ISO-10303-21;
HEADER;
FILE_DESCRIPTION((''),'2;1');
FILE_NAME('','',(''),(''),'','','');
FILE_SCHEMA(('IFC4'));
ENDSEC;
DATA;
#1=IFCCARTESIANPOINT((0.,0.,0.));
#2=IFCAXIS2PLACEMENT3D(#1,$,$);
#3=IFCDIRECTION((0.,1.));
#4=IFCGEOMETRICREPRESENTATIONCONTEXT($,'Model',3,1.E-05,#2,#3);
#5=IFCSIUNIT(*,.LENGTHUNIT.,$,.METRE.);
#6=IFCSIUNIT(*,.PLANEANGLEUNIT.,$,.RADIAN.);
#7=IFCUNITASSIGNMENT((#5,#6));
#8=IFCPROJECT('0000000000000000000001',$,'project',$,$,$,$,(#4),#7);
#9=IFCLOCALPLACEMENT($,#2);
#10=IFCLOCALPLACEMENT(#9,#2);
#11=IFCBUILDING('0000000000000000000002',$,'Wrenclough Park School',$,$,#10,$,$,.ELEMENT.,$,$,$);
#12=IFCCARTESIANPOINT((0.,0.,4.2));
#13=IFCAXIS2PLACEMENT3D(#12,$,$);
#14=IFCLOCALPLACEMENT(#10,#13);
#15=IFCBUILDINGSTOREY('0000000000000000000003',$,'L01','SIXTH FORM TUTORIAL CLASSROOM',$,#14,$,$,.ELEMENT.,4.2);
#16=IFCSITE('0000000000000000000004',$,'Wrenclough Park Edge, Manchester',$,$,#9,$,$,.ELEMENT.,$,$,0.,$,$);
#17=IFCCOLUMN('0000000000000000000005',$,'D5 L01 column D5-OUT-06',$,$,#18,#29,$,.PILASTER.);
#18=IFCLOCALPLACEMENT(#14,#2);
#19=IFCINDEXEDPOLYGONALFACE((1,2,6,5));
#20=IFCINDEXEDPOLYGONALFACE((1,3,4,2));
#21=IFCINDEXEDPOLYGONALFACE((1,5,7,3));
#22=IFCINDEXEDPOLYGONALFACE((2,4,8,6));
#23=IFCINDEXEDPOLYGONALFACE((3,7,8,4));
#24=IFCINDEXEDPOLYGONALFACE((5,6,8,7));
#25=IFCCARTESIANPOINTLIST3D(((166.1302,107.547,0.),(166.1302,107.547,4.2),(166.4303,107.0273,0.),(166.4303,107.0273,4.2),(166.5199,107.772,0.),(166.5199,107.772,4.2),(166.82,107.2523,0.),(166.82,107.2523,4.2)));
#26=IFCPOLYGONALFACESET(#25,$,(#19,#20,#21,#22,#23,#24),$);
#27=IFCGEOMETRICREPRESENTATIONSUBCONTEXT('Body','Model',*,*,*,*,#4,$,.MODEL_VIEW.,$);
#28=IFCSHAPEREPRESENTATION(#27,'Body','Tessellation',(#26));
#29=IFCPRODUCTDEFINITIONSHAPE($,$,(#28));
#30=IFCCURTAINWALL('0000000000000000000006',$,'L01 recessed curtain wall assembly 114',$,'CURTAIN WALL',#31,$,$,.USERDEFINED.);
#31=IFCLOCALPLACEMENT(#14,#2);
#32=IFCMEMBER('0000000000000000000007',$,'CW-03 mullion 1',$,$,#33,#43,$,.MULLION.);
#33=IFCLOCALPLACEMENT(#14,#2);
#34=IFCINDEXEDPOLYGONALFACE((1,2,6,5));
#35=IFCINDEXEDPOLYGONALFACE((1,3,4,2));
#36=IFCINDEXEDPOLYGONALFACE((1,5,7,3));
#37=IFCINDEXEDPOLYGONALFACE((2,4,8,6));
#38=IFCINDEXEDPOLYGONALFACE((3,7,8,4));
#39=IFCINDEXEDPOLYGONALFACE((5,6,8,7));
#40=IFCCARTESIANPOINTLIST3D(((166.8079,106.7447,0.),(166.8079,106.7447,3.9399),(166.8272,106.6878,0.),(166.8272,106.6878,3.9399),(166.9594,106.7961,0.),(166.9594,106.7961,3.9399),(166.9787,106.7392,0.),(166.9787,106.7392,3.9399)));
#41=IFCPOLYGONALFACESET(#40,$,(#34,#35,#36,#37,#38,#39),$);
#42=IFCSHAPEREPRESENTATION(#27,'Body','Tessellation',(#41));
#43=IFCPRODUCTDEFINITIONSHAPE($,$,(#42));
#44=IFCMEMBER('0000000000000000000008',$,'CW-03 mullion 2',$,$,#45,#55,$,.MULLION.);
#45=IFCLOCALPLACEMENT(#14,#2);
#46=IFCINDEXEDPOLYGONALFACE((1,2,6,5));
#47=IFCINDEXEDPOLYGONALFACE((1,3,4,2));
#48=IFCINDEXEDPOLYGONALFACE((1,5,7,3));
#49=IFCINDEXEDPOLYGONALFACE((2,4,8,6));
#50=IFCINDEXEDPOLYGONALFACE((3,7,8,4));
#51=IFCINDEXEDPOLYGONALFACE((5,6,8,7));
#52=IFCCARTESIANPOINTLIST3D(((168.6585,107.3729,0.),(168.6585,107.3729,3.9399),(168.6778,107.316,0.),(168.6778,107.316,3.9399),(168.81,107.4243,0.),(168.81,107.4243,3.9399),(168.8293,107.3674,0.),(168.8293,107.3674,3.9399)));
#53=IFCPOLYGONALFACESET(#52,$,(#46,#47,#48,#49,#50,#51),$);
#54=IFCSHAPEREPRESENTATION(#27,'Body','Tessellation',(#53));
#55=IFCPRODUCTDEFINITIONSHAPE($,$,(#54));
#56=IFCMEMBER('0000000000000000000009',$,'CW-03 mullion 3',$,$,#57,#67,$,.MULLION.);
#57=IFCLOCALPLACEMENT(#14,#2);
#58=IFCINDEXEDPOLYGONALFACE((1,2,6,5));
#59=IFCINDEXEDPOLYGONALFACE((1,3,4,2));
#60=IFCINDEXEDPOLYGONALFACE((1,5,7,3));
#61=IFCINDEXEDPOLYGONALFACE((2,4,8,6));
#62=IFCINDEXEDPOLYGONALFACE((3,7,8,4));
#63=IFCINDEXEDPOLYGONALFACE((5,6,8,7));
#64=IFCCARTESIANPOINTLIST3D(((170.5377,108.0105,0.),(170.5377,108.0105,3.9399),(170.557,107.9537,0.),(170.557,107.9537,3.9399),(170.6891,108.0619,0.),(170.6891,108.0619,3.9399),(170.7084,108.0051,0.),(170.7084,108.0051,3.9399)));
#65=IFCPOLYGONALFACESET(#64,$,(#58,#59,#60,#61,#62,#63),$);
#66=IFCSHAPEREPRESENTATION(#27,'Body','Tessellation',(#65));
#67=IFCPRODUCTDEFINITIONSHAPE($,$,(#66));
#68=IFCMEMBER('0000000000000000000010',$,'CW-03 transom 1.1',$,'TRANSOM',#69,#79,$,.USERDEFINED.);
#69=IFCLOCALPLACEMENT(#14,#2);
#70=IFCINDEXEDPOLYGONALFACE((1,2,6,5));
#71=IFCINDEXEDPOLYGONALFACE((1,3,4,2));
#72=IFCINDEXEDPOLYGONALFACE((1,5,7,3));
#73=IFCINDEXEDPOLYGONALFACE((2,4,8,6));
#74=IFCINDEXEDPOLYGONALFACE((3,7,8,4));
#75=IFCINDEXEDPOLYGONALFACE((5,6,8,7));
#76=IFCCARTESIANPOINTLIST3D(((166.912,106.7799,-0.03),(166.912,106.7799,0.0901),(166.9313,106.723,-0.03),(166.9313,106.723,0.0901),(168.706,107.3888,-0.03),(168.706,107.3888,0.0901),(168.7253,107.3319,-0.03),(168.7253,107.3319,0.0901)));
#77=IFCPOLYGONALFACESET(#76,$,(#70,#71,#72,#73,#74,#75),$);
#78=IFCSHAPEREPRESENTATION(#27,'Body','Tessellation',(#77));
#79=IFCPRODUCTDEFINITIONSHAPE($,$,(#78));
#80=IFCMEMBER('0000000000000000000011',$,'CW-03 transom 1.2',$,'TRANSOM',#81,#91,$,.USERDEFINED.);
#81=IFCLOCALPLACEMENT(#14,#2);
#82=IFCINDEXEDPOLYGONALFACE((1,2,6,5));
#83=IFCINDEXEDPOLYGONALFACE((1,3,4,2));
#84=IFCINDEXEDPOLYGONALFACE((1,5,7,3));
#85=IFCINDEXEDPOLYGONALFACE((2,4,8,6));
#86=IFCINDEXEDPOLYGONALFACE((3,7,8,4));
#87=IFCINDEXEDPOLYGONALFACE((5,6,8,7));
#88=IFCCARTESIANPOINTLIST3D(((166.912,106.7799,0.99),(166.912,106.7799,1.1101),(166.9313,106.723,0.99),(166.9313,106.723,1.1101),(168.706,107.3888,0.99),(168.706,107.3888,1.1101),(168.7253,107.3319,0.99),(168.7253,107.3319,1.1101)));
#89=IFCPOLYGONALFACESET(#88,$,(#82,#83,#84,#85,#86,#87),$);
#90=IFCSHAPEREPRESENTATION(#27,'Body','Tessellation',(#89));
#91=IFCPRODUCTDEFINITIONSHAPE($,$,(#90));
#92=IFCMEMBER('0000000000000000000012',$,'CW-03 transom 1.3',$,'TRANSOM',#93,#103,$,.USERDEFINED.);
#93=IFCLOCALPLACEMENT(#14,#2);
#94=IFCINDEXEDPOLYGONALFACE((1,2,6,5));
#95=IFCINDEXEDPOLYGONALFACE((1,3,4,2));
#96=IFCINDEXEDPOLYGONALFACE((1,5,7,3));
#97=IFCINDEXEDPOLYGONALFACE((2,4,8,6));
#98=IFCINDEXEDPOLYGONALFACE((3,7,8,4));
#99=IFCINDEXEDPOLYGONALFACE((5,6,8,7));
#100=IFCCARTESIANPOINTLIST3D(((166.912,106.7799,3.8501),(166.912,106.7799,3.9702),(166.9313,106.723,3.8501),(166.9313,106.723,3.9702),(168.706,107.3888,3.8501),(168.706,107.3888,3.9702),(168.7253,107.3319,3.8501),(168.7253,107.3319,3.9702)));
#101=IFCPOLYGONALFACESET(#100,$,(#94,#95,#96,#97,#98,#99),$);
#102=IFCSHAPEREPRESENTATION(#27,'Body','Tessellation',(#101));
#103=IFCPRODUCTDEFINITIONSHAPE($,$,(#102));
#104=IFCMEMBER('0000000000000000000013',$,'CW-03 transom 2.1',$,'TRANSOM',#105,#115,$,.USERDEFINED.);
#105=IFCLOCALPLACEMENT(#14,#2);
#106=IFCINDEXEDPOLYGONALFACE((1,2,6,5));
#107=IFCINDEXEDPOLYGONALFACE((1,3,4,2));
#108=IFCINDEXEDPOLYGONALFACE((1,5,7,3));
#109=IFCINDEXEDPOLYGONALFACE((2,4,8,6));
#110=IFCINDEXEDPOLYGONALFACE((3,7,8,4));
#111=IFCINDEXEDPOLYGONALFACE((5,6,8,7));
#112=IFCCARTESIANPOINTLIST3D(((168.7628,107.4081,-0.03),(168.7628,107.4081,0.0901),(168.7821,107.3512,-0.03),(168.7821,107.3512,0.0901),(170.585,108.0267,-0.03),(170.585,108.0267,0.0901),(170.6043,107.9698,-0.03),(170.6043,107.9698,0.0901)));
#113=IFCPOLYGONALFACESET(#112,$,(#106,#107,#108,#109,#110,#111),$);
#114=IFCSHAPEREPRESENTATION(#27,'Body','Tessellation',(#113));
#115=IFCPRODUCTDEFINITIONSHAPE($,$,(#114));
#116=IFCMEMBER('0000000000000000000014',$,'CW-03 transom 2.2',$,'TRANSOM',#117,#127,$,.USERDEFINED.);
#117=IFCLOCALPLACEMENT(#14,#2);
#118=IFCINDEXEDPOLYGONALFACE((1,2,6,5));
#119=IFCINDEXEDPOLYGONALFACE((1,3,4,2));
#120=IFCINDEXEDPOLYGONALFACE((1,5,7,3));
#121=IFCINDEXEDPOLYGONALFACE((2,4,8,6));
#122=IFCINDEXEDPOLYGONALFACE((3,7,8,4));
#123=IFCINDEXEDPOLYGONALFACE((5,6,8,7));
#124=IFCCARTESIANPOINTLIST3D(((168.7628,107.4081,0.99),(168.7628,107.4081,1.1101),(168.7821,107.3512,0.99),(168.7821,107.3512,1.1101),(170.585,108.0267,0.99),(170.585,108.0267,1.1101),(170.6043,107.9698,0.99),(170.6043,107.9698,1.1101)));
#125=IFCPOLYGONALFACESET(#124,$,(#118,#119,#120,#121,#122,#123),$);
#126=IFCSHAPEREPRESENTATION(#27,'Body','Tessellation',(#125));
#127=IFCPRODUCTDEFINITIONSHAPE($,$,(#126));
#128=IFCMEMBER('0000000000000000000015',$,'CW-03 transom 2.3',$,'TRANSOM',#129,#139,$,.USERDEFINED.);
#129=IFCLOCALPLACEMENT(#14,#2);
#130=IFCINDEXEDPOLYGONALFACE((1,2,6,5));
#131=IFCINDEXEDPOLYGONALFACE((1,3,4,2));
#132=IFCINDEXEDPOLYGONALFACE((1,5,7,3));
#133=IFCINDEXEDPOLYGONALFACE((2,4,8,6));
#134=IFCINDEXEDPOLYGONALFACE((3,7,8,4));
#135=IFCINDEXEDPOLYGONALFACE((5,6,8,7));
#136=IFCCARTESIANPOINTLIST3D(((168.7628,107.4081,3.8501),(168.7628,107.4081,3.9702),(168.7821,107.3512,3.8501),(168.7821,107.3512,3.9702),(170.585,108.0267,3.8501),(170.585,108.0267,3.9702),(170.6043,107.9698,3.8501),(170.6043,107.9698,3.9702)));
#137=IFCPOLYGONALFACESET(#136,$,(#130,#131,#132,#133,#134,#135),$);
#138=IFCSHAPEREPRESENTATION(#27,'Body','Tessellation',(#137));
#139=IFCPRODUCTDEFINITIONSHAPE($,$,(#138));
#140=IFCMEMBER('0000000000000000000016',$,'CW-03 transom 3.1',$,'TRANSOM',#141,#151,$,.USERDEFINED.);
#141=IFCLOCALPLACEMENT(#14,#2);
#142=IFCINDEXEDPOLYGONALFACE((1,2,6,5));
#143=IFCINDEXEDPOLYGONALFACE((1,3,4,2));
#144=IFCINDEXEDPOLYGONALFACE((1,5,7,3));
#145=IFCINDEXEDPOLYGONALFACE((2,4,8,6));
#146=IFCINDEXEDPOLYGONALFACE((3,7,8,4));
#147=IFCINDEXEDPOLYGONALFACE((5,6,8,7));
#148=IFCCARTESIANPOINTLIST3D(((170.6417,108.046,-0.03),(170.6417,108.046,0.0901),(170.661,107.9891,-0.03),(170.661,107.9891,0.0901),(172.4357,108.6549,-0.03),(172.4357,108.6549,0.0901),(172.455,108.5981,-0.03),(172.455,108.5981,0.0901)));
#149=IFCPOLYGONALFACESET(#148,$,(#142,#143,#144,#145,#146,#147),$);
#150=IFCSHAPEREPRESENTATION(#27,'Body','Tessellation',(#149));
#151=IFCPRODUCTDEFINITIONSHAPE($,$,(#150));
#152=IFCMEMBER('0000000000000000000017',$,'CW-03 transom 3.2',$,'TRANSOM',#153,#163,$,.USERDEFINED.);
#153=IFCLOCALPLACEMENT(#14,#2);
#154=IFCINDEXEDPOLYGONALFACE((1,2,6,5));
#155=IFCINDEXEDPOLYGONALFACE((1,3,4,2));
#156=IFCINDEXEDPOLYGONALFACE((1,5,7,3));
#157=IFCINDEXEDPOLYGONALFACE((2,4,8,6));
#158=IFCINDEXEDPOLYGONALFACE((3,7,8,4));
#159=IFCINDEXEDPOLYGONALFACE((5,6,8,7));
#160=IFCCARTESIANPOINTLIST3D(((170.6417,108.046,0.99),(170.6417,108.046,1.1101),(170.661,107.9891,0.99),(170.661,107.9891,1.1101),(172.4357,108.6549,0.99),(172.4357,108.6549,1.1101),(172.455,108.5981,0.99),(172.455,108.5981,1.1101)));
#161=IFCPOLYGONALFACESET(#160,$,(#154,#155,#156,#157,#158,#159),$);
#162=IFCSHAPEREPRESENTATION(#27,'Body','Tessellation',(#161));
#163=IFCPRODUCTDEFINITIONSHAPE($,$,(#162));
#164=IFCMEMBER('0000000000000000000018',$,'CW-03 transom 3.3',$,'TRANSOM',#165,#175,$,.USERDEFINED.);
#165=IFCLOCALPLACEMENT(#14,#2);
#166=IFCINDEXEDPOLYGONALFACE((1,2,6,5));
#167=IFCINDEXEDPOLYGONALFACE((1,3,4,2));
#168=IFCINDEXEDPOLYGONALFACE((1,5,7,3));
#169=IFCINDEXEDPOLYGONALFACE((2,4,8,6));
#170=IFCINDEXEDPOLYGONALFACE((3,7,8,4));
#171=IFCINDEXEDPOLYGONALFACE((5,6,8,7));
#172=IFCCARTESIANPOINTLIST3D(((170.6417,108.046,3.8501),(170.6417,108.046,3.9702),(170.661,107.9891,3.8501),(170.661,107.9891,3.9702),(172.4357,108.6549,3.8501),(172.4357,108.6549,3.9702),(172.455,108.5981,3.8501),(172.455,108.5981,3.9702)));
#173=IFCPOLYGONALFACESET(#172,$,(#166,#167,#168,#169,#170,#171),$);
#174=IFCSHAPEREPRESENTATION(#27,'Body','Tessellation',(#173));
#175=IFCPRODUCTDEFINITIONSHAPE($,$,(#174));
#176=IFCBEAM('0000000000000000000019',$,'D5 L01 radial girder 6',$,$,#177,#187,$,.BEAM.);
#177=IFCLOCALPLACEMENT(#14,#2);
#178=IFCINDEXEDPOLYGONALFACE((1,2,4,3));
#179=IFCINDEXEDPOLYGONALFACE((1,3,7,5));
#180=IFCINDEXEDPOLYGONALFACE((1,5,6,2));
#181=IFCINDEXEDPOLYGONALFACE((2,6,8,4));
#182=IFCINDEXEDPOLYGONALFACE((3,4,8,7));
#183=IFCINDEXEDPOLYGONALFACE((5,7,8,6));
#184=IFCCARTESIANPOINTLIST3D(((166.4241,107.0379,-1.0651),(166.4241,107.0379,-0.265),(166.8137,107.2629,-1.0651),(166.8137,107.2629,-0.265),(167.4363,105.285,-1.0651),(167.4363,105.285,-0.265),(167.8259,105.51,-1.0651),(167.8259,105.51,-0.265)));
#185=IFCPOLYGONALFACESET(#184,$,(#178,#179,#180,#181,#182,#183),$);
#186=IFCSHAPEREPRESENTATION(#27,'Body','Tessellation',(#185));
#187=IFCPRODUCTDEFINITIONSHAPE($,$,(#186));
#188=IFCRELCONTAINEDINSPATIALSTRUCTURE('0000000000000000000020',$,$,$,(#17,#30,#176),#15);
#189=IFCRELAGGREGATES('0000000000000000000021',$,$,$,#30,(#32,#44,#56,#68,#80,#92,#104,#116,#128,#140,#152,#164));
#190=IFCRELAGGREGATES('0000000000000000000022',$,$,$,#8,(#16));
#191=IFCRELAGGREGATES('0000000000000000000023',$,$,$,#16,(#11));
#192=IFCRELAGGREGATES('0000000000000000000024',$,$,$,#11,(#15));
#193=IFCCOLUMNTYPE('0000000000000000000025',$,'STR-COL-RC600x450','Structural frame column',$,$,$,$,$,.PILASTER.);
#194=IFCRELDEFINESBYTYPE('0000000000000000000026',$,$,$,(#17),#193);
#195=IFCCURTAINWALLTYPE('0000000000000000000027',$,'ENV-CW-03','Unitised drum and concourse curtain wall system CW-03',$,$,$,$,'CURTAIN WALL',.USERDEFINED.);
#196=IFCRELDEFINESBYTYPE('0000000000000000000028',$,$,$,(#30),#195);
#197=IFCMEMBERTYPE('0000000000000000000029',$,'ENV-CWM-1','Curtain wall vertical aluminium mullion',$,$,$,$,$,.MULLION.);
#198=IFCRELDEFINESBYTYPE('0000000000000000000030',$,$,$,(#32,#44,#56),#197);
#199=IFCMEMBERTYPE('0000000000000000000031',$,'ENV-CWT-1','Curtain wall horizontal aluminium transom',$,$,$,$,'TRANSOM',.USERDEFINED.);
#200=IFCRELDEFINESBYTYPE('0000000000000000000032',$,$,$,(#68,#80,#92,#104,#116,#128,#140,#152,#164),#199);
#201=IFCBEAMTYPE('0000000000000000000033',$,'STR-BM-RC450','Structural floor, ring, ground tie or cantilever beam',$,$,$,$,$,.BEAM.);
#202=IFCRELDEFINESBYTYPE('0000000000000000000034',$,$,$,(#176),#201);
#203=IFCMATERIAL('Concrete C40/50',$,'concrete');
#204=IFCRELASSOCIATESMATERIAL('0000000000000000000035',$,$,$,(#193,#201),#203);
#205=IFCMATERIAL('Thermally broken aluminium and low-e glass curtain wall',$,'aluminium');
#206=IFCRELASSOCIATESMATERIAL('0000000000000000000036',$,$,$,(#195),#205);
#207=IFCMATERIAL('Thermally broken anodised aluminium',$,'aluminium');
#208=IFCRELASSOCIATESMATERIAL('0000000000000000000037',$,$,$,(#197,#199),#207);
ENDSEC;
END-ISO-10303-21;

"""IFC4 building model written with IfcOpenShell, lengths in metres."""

from ifc_helpers import new_model, si_unit, direction, frame, origin, origin_2d, place, context, subcontext, project, spatial, rectangle, extrude, material, material_profile, profile_set, type_object, element, aggregate, save


model = new_model("IFC4")

# Units and contexts
model_context = context("Model", 3, precision=1e-05, world=origin(), true_north=direction((0.0, 1.0)))
body_context = subcontext(model_context, "Body", "Model", "MODEL_VIEW")
ifc_project = project(units=[si_unit("LENGTHUNIT", "METRE"), si_unit("PLANEANGLEUNIT", "RADIAN")], contexts=[model_context])

# Site, building, storey
site_placement = place(None, origin())
site = spatial("IfcSite", under=ifc_project, at=site_placement, Name="Wrenclough Park Edge, Manchester", CompositionType="ELEMENT", RefElevation=0.0)
building_placement = place(site_placement, origin())
building = spatial("IfcBuilding", under=site, at=building_placement, Name="Wrenclough Park School", CompositionType="ELEMENT")
storey_placement = place(building_placement, frame((0.0, 0.0, 4.2)))
storey = spatial("IfcBuildingStorey", under=building, at=storey_placement, Name="L01", Description="SIXTH FORM TUTORIAL CLASSROOM", CompositionType="ELEMENT", Elevation=4.2)

# Column
ifc_material_1 = material(Name="Concrete C40/50", Category="concrete")
ifc_material_profile_1 = material_profile(ifc_material_1, rectangle(XDim=0.45, YDim=0.6001, at=origin_2d()), Name="RC COL 600x450")
ifc_profile_set_1 = profile_set([ifc_material_profile_1], Name="Concrete C40/50")
column_type = type_object("IfcColumnType", Name="STR-COL-RC600x450", Description="Structural frame column", PredefinedType="PILASTER", material=ifc_profile_set_1)
column_placement = place(storey_placement, frame((166.4751, 107.3997, 0.0), z_axis=(0.0, 0.0, 1.0), x_axis=(-0.866025, -0.5, 0.0)))
element("IfcColumn", 1, at=column_placement, inside=storey, type_object=column_type, Name="D5 L01 column D5-OUT-06", PredefinedType="PILASTER", context=body_context, shape_type="SweptSolid", body=[
    extrude(rectangle(XDim=0.45, YDim=0.6001, at=origin_2d()), origin(), (0.0, 0.0, 1.0), 4.2),
])

# Curtain wall, members
ifc_material_2 = material(Name="Thermally broken aluminium and low-e glass curtain wall", Category="aluminium")
curtain_wall_type = type_object("IfcCurtainWallType", Name="ENV-CW-03", Description="Unitised drum and concourse curtain wall system CW-03", ElementType="CURTAIN WALL", PredefinedType="USERDEFINED", material=ifc_material_2)
curtain_wall_placement = place(storey_placement, origin())
curtain_wall = element("IfcCurtainWall", 2, at=curtain_wall_placement, inside=storey, type_object=curtain_wall_type, Name="L01 recessed curtain wall assembly 114", ObjectType="CURTAIN WALL", PredefinedType="USERDEFINED")
ifc_material_3 = material(Name="Thermally broken anodised aluminium", Category="aluminium")
ifc_material_profile_2 = material_profile(ifc_material_3, rectangle(XDim=0.0601, YDim=0.1599, at=origin_2d()), Name="AL MULLION 60x160")
ifc_profile_set_2 = profile_set([ifc_material_profile_2], Name="Thermally broken anodised aluminium")
member_type_1 = type_object("IfcMemberType", Name="ENV-CWM-1", Description="Curtain wall vertical aluminium mullion", PredefinedType="MULLION", material=ifc_profile_set_2)
member_1_placement = place(storey_placement, frame((166.8933, 106.7419, 0.0), z_axis=(0.0, 0.0, 1.0), x_axis=(-0.321429, 0.946934, 0.0)))
member_1 = element("IfcMember", 3, at=member_1_placement, type_object=member_type_1, Name="CW-03 mullion 1", PredefinedType="MULLION", context=body_context, shape_type="SweptSolid", body=[
    extrude(rectangle(XDim=0.0601, YDim=0.1599, at=origin_2d()), origin(), (0.0, 0.0, 1.0), 3.9399),
])
member_2_placement = place(storey_placement, frame((168.7439, 107.3701, 0.0), z_axis=(0.0, 0.0, 1.0), x_axis=(-0.321429, 0.946934, 0.0)))
member_2 = element("IfcMember", 4, at=member_2_placement, type_object=member_type_1, Name="CW-03 mullion 2", PredefinedType="MULLION", context=body_context, shape_type="SweptSolid", body=[
    extrude(rectangle(XDim=0.0601, YDim=0.1599, at=origin_2d()), origin(), (0.0, 0.0, 1.0), 3.9399),
])
member_3_placement = place(storey_placement, frame((170.623, 108.0078, 0.0), z_axis=(0.0, 0.0, 1.0), x_axis=(-0.321429, 0.946934, 0.0)))
member_3 = element("IfcMember", 5, at=member_3_placement, type_object=member_type_1, Name="CW-03 mullion 3", PredefinedType="MULLION", context=body_context, shape_type="SweptSolid", body=[
    extrude(rectangle(XDim=0.0601, YDim=0.1599, at=origin_2d()), origin(), (0.0, 0.0, 1.0), 3.9399),
])
ifc_material_profile_3 = material_profile(ifc_material_3, rectangle(XDim=0.0601, YDim=0.1201, at=origin_2d()), Name="AL TRANSOM 60x120")
ifc_profile_set_3 = profile_set([ifc_material_profile_3], Name="Thermally broken anodised aluminium")
member_type_2 = type_object("IfcMemberType", Name="ENV-CWT-1", Description="Curtain wall horizontal aluminium transom", ElementType="TRANSOM", PredefinedType="USERDEFINED", material=ifc_profile_set_3)
member_4_placement = place(storey_placement, frame((166.9216, 106.7515, 0.03), z_axis=(0.946942, 0.321404, 0.0), x_axis=(-0.321404, 0.946942, 0.0)))
member_4 = element("IfcMember", 6, at=member_4_placement, type_object=member_type_2, Name="CW-03 transom 1.1", ObjectType="TRANSOM", PredefinedType="USERDEFINED", context=body_context, shape_type="SweptSolid", body=[
    extrude(rectangle(XDim=0.0601, YDim=0.1201, at=origin_2d()), origin(), (0.0, 0.0, 1.0), 1.8945),
])
member_5_placement = place(storey_placement, frame((166.9216, 106.7515, 1.05), z_axis=(0.946942, 0.321404, 0.0), x_axis=(-0.321404, 0.946942, 0.0)))
member_5 = element("IfcMember", 7, at=member_5_placement, type_object=member_type_2, Name="CW-03 transom 1.2", ObjectType="TRANSOM", PredefinedType="USERDEFINED", context=body_context, shape_type="SweptSolid", body=[
    extrude(rectangle(XDim=0.0601, YDim=0.1201, at=origin_2d()), origin(), (0.0, 0.0, 1.0), 1.8945),
])
member_6_placement = place(storey_placement, frame((166.9216, 106.7515, 3.9102), z_axis=(0.946942, 0.321404, 0.0), x_axis=(-0.321404, 0.946942, 0.0)))
member_6 = element("IfcMember", 8, at=member_6_placement, type_object=member_type_2, Name="CW-03 transom 1.3", ObjectType="TRANSOM", PredefinedType="USERDEFINED", context=body_context, shape_type="SweptSolid", body=[
    extrude(rectangle(XDim=0.0601, YDim=0.1201, at=origin_2d()), origin(), (0.0, 0.0, 1.0), 1.8945),
])
member_7_placement = place(storey_placement, frame((168.7725, 107.3796, 0.03), z_axis=(0.946918, 0.321475, 0.0), x_axis=(-0.321475, 0.946918, 0.0)))
member_7 = element("IfcMember", 9, at=member_7_placement, type_object=member_type_2, Name="CW-03 transom 2.1", ObjectType="TRANSOM", PredefinedType="USERDEFINED", context=body_context, shape_type="SweptSolid", body=[
    extrude(rectangle(XDim=0.0601, YDim=0.1201, at=origin_2d()), origin(), (0.0, 0.0, 1.0), 1.9243),
])
member_8_placement = place(storey_placement, frame((168.7725, 107.3796, 1.05), z_axis=(0.946918, 0.321475, 0.0), x_axis=(-0.321475, 0.946918, 0.0)))
member_8 = element("IfcMember", 10, at=member_8_placement, type_object=member_type_2, Name="CW-03 transom 2.2", ObjectType="TRANSOM", PredefinedType="USERDEFINED", context=body_context, shape_type="SweptSolid", body=[
    extrude(rectangle(XDim=0.0601, YDim=0.1201, at=origin_2d()), origin(), (0.0, 0.0, 1.0), 1.9243),
])
member_9_placement = place(storey_placement, frame((168.7725, 107.3796, 3.9102), z_axis=(0.946918, 0.321475, 0.0), x_axis=(-0.321475, 0.946918, 0.0)))
member_9 = element("IfcMember", 11, at=member_9_placement, type_object=member_type_2, Name="CW-03 transom 2.3", ObjectType="TRANSOM", PredefinedType="USERDEFINED", context=body_context, shape_type="SweptSolid", body=[
    extrude(rectangle(XDim=0.0601, YDim=0.1201, at=origin_2d()), origin(), (0.0, 0.0, 1.0), 1.9243),
])
member_10_placement = place(storey_placement, frame((170.6514, 108.0176, 0.03), z_axis=(0.946942, 0.321404, 0.0), x_axis=(-0.321404, 0.946942, 0.0)))
member_10 = element("IfcMember", 12, at=member_10_placement, type_object=member_type_2, Name="CW-03 transom 3.1", ObjectType="TRANSOM", PredefinedType="USERDEFINED", context=body_context, shape_type="SweptSolid", body=[
    extrude(rectangle(XDim=0.0601, YDim=0.1201, at=origin_2d()), origin(), (0.0, 0.0, 1.0), 1.8945),
])
member_11_placement = place(storey_placement, frame((170.6514, 108.0176, 1.05), z_axis=(0.946942, 0.321404, 0.0), x_axis=(-0.321404, 0.946942, 0.0)))
member_11 = element("IfcMember", 13, at=member_11_placement, type_object=member_type_2, Name="CW-03 transom 3.2", ObjectType="TRANSOM", PredefinedType="USERDEFINED", context=body_context, shape_type="SweptSolid", body=[
    extrude(rectangle(XDim=0.0601, YDim=0.1201, at=origin_2d()), origin(), (0.0, 0.0, 1.0), 1.8945),
])
member_12_placement = place(storey_placement, frame((170.6514, 108.0176, 3.9102), z_axis=(0.946942, 0.321404, 0.0), x_axis=(-0.321404, 0.946942, 0.0)))
member_12 = element("IfcMember", 14, at=member_12_placement, type_object=member_type_2, Name="CW-03 transom 3.3", ObjectType="TRANSOM", PredefinedType="USERDEFINED", context=body_context, shape_type="SweptSolid", body=[
    extrude(rectangle(XDim=0.0601, YDim=0.1201, at=origin_2d()), origin(), (0.0, 0.0, 1.0), 1.8945),
])

# Beam
ifc_material_profile_4 = material_profile(ifc_material_1, rectangle(XDim=0.45, YDim=0.8, at=origin_2d()), Name="RC BEAM 450x800")
ifc_profile_set_4 = profile_set([ifc_material_profile_4], Name="Concrete C40/50")
beam_type_1 = type_object("IfcBeamType", Name="STR-BM-RC450", Description="Structural floor, ring, ground tie or cantilever beam", PredefinedType="BEAM", material=ifc_profile_set_4)
beam_1_placement = place(storey_placement, frame((166.6189, 107.1504, -0.665), z_axis=(0.500057, -0.865993, 0.0), x_axis=(0.865993, 0.500057, 0.0)))
element("IfcBeam", 15, at=beam_1_placement, inside=storey, type_object=beam_type_1, Name="D5 L01 radial girder 6", PredefinedType="BEAM", context=body_context, shape_type="SweptSolid", body=[
    extrude(rectangle(XDim=0.45, YDim=0.8, at=origin_2d()), origin(), (0.0, 0.0, 1.0), 2.0242),
])

aggregate(curtain_wall, [member_1, member_2, member_3, member_4, member_5, member_6, member_7, member_8, member_9, member_10, member_11, member_12])

save(model, "model.ifc")
